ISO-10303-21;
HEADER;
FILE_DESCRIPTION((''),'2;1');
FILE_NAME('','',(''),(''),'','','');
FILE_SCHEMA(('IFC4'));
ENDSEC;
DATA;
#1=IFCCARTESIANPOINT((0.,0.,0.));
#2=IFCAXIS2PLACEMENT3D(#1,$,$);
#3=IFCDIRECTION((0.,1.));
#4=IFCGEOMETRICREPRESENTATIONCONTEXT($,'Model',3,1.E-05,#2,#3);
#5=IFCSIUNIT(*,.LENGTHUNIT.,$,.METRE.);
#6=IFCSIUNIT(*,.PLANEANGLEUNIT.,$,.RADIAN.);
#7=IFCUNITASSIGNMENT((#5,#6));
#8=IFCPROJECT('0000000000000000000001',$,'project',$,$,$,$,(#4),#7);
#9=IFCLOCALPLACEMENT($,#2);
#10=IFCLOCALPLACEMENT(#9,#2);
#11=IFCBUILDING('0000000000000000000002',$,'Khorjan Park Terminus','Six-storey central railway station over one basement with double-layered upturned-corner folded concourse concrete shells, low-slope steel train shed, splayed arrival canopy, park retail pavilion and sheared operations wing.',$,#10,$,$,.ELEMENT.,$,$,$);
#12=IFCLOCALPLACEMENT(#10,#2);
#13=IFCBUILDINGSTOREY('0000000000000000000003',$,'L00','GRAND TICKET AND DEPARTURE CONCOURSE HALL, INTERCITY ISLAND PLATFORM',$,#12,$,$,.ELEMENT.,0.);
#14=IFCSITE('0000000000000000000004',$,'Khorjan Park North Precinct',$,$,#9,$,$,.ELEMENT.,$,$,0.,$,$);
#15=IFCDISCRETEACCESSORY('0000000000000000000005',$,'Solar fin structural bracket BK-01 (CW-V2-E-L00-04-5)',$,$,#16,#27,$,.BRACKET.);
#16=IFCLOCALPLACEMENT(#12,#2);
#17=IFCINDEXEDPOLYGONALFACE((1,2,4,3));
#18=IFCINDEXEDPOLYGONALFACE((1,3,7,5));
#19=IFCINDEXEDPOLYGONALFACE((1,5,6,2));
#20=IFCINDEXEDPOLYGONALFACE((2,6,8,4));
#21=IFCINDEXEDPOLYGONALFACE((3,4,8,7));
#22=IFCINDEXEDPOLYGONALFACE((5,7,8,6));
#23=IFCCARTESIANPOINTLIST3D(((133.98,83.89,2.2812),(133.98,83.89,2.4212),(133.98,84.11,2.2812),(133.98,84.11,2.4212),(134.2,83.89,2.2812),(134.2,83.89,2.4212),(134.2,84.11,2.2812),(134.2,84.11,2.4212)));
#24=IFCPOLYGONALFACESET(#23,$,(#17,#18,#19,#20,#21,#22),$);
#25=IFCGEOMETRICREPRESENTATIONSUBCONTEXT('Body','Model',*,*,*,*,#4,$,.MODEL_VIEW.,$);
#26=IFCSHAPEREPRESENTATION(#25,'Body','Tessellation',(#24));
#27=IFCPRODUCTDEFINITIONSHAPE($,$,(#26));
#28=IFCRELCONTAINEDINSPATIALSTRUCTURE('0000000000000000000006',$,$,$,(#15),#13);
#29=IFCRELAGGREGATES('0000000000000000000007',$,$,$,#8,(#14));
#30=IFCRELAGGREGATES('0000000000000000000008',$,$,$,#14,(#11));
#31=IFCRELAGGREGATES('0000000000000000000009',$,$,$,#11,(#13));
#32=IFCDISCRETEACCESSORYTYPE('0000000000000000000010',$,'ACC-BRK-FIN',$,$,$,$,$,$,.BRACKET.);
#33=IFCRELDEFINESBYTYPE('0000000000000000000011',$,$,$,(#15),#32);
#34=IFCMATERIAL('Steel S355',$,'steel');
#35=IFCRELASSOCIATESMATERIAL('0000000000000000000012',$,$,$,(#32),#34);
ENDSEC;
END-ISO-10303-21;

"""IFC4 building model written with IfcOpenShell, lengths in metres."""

from ifc_helpers import new_model, si_unit, direction, frame, origin, origin_2d, place, context, subcontext, project, spatial, rectangle, extrude, material, type_object, element, save


model = new_model("IFC4")

# Units and contexts
model_context = context("Model", 3, precision=1e-05, world=origin(), true_north=direction((0.0, 1.0)))
body_context = subcontext(model_context, "Body", "Model", "MODEL_VIEW")
ifc_project = project(units=[si_unit("LENGTHUNIT", "METRE"), si_unit("PLANEANGLEUNIT", "RADIAN")], contexts=[model_context])

# Site, building, storey
site_placement = place(None, origin())
site = spatial("IfcSite", under=ifc_project, at=site_placement, Name="Khorjan Park North Precinct", CompositionType="ELEMENT", RefElevation=0.0)
building_placement = place(site_placement, origin())
building = spatial("IfcBuilding", under=site, at=building_placement, Name="Khorjan Park Terminus", Description="Six-storey central railway station over one basement with double-layered upturned-corner folded concourse concrete shells, low-slope steel train shed, splayed arrival canopy, park retail pavilion and sheared operations wing.", CompositionType="ELEMENT")
storey_placement = place(building_placement, origin())
storey = spatial("IfcBuildingStorey", under=building, at=storey_placement, Name="L00", Description="GRAND TICKET AND DEPARTURE CONCOURSE HALL, INTERCITY ISLAND PLATFORM", CompositionType="ELEMENT", Elevation=0.0)

# Discrete accessory
ifc_material_1 = material(Name="Steel S355", Category="steel")
discrete_accessory_type = type_object("IfcDiscreteAccessoryType", Name="ACC-BRK-FIN", PredefinedType="BRACKET", material=ifc_material_1)
for number, where, z_axis, x_axis, name in (
    (1, (134.09, 84.0, 2.2812), (0.0, 0.0, 1.0), (0.0, 1.0, 0.0), "Solar fin structural bracket BK-01 (CW-V2-E-L00-04-5)"),
):
    element("IfcDiscreteAccessory", number, at=place(storey_placement, frame(where, z_axis=z_axis, x_axis=x_axis)), inside=storey, type_object=discrete_accessory_type, Name=name, PredefinedType="BRACKET", context=body_context, shape_type="SweptSolid", body=[
        extrude(rectangle(XDim=0.22, YDim=0.22, at=origin_2d()), origin(), (0.0, 0.0, 1.0), 0.14),
    ])

save(model, "model.ifc")
